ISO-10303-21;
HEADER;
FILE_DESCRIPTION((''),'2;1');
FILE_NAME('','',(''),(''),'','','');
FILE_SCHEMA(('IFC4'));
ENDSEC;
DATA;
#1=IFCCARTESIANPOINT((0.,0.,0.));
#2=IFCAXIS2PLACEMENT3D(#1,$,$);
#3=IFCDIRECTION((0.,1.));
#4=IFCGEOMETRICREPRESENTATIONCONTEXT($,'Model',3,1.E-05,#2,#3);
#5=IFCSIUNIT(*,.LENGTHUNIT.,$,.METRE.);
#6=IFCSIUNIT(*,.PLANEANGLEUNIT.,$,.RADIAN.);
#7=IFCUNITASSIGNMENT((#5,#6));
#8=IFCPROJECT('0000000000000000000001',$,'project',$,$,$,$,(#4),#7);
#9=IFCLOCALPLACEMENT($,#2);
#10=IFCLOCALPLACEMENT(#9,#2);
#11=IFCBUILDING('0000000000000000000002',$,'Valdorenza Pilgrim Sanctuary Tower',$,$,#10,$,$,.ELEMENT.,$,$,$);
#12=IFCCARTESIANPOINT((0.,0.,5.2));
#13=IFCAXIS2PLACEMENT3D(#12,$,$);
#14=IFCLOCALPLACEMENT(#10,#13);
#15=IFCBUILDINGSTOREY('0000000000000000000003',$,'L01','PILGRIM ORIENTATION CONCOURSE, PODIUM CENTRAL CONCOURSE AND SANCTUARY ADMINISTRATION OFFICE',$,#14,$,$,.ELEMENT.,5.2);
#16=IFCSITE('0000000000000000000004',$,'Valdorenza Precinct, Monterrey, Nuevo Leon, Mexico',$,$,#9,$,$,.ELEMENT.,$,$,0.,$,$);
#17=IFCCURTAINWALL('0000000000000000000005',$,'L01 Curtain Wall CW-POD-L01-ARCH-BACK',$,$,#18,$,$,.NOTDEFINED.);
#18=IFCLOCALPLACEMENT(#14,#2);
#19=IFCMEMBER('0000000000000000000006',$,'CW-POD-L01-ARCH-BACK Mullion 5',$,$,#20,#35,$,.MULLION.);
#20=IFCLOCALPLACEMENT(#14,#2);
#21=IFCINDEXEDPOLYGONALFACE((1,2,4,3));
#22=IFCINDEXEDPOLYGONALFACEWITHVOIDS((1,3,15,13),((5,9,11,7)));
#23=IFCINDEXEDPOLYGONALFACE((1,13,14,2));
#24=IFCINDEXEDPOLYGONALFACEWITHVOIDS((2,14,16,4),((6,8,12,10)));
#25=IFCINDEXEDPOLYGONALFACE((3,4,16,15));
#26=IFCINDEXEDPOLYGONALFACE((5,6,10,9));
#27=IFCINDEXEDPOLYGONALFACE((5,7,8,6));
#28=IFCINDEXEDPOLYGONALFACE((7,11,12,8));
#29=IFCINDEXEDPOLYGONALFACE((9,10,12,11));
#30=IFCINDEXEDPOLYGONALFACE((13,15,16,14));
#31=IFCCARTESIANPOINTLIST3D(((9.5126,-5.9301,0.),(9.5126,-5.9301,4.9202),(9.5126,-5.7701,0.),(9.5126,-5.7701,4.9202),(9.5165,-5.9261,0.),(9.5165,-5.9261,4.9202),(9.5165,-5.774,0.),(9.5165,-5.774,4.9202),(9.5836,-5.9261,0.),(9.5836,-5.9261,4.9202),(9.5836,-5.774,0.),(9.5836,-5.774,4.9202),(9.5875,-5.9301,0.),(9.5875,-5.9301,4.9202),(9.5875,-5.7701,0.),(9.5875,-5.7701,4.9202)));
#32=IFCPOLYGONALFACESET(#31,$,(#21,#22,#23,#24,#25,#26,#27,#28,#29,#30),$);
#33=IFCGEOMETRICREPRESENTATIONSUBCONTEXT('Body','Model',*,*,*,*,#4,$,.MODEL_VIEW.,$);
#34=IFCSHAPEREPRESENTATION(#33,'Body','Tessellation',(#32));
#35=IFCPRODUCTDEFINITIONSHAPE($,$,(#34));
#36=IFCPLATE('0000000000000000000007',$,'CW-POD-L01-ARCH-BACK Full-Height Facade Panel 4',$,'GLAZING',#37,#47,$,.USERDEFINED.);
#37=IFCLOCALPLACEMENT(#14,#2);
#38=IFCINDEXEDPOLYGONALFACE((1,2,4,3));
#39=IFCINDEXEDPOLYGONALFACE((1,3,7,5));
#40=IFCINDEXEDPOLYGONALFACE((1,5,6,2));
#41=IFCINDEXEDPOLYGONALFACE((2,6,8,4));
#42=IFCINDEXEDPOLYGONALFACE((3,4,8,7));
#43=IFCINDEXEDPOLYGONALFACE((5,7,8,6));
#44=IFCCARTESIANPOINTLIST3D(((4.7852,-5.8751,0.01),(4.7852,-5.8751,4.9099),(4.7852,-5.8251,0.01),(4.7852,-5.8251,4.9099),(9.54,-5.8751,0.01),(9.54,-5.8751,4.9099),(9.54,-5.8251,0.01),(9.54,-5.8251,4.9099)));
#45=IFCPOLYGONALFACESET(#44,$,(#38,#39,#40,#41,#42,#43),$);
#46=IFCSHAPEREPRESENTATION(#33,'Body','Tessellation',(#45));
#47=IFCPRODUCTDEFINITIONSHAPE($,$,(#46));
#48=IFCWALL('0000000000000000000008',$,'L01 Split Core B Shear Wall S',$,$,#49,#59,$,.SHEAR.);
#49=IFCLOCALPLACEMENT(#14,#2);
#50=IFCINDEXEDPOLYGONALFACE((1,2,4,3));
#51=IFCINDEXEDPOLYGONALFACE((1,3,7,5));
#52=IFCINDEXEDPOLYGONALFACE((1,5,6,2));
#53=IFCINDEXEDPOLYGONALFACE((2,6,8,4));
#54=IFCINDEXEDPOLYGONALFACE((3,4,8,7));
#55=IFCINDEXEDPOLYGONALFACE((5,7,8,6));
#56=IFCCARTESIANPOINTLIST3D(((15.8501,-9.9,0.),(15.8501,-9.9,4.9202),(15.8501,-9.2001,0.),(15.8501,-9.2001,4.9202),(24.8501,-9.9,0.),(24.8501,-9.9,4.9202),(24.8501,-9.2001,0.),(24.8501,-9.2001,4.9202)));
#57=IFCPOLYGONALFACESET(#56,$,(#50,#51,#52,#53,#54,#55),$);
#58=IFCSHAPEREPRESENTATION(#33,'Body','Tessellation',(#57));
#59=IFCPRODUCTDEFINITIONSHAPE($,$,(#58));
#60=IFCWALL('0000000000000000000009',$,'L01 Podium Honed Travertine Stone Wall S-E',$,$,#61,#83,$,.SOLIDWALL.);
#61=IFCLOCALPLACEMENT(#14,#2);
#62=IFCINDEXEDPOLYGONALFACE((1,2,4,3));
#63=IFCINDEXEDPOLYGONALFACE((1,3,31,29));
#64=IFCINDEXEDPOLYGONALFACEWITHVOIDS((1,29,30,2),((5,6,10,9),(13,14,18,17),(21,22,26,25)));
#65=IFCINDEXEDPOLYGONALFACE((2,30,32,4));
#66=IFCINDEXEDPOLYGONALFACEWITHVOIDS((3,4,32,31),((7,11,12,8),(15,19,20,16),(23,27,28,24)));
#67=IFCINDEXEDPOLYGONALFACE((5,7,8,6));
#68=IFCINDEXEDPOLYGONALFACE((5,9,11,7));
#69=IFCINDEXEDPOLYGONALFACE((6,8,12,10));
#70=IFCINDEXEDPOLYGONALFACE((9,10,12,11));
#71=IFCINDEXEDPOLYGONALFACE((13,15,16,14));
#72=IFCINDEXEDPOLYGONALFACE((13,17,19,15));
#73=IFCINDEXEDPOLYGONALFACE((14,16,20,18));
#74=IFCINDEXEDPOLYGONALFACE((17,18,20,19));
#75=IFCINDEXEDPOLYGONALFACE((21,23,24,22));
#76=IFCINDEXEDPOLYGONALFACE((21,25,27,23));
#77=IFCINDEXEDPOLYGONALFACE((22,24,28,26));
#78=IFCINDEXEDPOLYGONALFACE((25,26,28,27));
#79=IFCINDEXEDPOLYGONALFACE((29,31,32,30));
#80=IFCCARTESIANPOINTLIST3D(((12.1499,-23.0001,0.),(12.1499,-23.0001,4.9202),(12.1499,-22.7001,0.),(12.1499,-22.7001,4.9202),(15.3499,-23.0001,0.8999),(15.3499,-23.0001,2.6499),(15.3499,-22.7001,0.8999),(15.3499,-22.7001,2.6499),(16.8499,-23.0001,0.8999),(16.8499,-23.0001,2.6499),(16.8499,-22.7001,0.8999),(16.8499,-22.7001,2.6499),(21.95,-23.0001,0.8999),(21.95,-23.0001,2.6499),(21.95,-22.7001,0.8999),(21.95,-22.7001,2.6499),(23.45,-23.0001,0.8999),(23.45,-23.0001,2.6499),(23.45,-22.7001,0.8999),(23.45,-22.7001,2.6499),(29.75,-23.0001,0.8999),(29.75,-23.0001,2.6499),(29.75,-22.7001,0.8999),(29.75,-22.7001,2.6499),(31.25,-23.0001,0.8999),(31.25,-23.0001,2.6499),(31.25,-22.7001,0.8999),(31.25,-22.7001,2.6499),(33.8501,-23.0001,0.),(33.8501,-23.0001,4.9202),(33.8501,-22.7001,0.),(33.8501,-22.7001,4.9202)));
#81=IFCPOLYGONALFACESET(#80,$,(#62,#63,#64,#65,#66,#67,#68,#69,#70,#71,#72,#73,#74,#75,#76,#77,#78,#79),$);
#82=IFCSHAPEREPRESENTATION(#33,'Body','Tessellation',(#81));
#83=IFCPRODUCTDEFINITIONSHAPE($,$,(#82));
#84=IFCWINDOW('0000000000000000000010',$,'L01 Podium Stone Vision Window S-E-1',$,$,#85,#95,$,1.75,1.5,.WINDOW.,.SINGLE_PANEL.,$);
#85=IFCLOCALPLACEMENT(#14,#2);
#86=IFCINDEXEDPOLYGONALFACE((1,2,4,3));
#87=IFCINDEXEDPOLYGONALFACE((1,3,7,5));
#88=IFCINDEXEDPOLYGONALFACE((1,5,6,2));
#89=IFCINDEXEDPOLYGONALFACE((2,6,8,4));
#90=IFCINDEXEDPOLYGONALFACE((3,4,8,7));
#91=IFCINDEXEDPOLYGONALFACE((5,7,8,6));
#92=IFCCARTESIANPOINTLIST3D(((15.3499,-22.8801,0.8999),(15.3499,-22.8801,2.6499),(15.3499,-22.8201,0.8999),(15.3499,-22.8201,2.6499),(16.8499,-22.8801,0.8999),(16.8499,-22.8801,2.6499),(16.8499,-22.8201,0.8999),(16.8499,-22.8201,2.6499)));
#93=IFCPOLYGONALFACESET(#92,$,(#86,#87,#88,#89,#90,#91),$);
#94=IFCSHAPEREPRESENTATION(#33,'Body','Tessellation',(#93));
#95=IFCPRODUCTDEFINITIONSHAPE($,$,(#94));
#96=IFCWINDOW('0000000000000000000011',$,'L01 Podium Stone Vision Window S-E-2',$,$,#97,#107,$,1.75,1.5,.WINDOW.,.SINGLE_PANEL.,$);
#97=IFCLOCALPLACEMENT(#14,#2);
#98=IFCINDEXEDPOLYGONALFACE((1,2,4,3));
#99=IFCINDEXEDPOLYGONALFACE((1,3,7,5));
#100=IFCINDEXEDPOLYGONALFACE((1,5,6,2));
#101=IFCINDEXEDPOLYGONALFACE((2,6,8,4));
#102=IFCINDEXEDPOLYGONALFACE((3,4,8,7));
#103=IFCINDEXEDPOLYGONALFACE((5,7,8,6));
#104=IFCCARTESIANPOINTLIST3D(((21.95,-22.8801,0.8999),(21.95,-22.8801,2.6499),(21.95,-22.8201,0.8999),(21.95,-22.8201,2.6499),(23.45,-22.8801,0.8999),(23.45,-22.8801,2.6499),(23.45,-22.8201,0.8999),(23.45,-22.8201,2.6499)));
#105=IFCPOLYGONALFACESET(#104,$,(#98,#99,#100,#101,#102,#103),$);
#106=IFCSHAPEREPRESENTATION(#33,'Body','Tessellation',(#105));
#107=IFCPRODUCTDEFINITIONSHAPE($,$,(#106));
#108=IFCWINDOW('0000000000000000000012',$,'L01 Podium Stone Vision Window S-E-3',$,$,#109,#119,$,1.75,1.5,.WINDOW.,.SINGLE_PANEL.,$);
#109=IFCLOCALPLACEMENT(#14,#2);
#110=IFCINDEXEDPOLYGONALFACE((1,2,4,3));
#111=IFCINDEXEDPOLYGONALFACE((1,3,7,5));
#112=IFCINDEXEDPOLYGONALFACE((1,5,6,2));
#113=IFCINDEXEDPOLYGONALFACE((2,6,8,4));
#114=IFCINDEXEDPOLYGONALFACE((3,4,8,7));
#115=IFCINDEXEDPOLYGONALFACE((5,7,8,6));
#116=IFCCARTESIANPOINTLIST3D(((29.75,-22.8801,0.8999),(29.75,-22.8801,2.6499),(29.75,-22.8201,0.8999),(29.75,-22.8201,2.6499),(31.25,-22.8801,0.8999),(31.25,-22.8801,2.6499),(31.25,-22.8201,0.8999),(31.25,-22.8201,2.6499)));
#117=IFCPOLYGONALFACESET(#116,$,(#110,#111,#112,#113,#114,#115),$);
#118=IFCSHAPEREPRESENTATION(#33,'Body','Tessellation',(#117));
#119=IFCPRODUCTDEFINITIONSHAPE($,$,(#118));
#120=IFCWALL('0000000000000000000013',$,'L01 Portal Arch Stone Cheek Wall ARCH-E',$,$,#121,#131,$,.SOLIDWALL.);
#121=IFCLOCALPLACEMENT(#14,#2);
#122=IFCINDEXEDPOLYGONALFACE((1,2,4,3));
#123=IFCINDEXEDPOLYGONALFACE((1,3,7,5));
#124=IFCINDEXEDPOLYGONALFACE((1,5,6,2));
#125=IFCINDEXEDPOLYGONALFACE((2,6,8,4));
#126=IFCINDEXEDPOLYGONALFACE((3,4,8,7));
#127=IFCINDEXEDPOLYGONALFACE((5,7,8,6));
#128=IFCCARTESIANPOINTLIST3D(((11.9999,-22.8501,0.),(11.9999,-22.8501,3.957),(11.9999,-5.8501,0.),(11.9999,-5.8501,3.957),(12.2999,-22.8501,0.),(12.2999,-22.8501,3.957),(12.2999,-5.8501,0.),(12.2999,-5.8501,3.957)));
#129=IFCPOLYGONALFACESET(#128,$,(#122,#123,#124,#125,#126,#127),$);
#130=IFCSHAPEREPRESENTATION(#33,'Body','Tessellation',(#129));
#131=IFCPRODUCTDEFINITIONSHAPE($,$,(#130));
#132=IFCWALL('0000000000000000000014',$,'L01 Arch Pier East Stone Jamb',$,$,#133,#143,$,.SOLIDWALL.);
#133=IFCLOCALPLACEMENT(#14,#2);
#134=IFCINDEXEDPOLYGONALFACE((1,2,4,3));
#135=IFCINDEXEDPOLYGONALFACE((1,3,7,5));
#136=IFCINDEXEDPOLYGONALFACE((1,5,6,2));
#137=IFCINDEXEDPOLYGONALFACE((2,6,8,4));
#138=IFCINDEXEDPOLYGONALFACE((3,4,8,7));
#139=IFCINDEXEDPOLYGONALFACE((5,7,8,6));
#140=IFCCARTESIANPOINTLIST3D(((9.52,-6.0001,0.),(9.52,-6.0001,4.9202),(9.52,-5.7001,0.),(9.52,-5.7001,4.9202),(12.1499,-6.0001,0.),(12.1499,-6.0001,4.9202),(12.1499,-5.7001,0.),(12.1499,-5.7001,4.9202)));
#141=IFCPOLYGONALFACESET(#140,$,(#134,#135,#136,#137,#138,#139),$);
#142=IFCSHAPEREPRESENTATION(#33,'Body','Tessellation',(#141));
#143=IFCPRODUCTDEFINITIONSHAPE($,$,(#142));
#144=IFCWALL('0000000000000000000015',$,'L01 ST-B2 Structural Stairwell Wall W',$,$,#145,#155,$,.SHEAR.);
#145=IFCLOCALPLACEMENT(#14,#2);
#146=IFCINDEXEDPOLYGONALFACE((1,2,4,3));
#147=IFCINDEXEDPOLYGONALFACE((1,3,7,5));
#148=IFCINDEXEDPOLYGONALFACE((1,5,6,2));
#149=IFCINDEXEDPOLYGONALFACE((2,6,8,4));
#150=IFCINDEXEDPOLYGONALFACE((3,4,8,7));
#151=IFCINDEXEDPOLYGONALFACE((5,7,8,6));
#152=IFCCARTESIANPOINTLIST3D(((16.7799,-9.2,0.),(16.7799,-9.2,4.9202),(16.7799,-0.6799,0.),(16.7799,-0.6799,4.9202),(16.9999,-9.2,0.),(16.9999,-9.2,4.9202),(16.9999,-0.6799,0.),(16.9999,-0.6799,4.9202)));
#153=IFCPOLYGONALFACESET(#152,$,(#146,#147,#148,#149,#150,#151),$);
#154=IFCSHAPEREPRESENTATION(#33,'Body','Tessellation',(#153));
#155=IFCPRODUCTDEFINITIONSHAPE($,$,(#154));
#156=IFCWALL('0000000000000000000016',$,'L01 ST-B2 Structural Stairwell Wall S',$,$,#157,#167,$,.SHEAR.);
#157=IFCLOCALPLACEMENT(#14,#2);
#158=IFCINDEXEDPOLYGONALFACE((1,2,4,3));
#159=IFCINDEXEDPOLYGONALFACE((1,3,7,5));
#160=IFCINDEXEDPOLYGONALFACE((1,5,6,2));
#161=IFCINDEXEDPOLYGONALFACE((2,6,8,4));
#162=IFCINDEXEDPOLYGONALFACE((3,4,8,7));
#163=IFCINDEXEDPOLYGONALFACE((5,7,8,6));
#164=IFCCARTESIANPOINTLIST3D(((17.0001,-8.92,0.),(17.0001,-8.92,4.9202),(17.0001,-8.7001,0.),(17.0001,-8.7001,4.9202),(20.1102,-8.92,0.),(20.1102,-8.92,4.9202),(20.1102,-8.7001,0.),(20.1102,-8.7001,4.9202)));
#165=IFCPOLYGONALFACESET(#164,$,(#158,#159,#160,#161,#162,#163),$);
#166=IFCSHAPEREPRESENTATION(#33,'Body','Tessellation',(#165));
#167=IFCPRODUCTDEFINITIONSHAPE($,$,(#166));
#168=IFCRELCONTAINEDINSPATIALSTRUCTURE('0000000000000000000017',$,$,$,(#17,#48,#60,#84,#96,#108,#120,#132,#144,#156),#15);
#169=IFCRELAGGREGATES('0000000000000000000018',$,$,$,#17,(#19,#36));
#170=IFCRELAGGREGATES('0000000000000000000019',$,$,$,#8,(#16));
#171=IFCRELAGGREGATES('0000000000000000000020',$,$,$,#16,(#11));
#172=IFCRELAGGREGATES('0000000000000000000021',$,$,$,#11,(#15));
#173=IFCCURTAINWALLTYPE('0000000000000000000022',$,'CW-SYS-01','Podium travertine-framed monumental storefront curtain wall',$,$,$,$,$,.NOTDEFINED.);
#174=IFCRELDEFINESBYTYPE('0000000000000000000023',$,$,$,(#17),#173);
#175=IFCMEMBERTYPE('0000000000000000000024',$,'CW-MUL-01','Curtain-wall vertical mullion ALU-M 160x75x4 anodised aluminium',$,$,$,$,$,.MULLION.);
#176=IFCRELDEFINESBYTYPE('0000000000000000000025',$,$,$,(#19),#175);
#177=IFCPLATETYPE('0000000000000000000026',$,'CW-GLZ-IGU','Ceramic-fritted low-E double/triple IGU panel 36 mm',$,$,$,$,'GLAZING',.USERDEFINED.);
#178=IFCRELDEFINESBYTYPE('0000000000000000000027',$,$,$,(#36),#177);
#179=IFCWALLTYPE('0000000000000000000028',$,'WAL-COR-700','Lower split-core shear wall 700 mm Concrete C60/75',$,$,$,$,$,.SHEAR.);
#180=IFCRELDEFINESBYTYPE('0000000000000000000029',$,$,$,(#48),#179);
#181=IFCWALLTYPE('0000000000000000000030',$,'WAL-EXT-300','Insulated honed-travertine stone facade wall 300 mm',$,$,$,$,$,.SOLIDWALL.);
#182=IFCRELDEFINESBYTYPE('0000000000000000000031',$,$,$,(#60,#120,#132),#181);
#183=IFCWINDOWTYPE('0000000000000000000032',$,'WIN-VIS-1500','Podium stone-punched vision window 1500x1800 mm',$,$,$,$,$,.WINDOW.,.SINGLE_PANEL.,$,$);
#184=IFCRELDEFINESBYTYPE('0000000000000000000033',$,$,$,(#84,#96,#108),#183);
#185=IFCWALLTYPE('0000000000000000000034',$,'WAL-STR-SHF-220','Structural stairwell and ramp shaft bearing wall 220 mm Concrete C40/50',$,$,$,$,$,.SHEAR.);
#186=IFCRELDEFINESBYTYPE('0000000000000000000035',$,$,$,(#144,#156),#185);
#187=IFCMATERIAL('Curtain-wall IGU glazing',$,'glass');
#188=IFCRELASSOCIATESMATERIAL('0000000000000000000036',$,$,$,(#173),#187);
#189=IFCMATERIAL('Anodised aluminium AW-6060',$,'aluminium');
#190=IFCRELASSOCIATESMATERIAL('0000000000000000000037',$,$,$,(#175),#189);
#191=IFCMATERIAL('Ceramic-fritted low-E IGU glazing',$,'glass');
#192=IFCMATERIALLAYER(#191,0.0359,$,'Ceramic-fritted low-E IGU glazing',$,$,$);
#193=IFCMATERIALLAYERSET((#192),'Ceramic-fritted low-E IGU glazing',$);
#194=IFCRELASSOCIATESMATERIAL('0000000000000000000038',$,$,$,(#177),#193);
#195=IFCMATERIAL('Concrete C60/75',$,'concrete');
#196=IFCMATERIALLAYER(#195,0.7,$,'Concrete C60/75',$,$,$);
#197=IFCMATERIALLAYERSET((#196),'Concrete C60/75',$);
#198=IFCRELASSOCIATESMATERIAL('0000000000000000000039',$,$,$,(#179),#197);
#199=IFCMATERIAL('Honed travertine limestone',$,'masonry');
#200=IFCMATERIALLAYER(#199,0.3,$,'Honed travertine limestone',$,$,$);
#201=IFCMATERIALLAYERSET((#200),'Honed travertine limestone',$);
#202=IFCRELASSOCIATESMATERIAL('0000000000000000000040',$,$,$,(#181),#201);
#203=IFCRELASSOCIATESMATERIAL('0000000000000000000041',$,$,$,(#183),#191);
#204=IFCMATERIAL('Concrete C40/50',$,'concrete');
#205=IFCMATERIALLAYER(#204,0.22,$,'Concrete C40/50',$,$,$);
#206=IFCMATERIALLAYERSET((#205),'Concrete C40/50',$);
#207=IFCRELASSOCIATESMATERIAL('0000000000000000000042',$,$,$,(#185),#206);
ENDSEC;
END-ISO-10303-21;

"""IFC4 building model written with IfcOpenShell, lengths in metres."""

from ifc_helpers import new_model, si_unit, direction, frame, frame_2d, origin, origin_2d, place, context, subcontext, project, spatial, rectangle, hollow_rectangle, extrude, source, transform, mapped, material, layer, layer_set, material_profile, profile_set, type_object, element, fill, aggregate, save


model = new_model("IFC4")

# Units and contexts
model_context = context("Model", 3, precision=1e-05, world=origin(), true_north=direction((0.0, 1.0)))
body_context = subcontext(model_context, "Body", "Model", "MODEL_VIEW")
ifc_project = project(units=[si_unit("LENGTHUNIT", "METRE"), si_unit("PLANEANGLEUNIT", "RADIAN")], contexts=[model_context])

# Site, building, storey
site_placement = place(None, origin())
site = spatial("IfcSite", under=ifc_project, at=site_placement, Name="Valdorenza Precinct, Monterrey, Nuevo Leon, Mexico", CompositionType="ELEMENT", RefElevation=0.0)
building_placement = place(site_placement, origin())
building = spatial("IfcBuilding", under=site, at=building_placement, Name="Valdorenza Pilgrim Sanctuary Tower", CompositionType="ELEMENT")
storey_placement = place(building_placement, frame((0.0, 0.0, 5.2)))
storey = spatial("IfcBuildingStorey", under=building, at=storey_placement, Name="L01", Description="PILGRIM ORIENTATION CONCOURSE, PODIUM CENTRAL CONCOURSE AND SANCTUARY ADMINISTRATION OFFICE", CompositionType="ELEMENT", Elevation=5.2)

# Shared definitions
ifc_material_1 = material(Name="Concrete C60/75", Category="concrete")

# Curtain wall, member, plate
ifc_material_2 = material(Name="Curtain-wall IGU glazing", Category="glass")
curtain_wall_type = type_object("IfcCurtainWallType", Name="CW-SYS-01", Description="Podium travertine-framed monumental storefront curtain wall", PredefinedType="NOTDEFINED", material=ifc_material_2)
curtain_wall_placement = place(storey_placement, origin())
curtain_wall = element("IfcCurtainWall", 1, at=curtain_wall_placement, inside=storey, type_object=curtain_wall_type, Name="L01 Curtain Wall CW-POD-L01-ARCH-BACK", PredefinedType="NOTDEFINED")
ifc_material_3 = material(Name="Anodised aluminium AW-6060", Category="aluminium")
ifc_material_profile_1 = material_profile(ifc_material_3, hollow_rectangle(XDim=0.075, YDim=0.1599, WallThickness=0.0039, at=origin_2d()), Name="ALU-M 160x75x4")
ifc_profile_set_1 = profile_set([ifc_material_profile_1], Name="Anodised aluminium AW-6060")
member_type = type_object("IfcMemberType", Name="CW-MUL-01", Description="Curtain-wall vertical mullion ALU-M 160x75x4 anodised aluminium", PredefinedType="MULLION", material=ifc_profile_set_1)
shared_shape_1 = source(origin(), body_context, "Body", "SweptSolid", [
    extrude(hollow_rectangle(XDim=0.075, YDim=0.1599, WallThickness=0.0039, at=origin_2d()), origin(), (0.0, 0.0, 1.0), 4.9202),
])
member_placement = place(storey_placement, frame((9.55, -5.8501, 0.0), z_axis=(0.0, 0.0, 1.0), x_axis=(1.0, 0.0, 0.0)))
member = element("IfcMember", 2, at=member_placement, type_object=member_type, Name="CW-POD-L01-ARCH-BACK Mullion 5", PredefinedType="MULLION", context=body_context, shape_type="MappedRepresentation", body=[
    mapped(shared_shape_1, transform((0.0, 0.0, 0.0), x_axis=(1.0, 0.0, 0.0), y_axis=(0.0, 1.0, 0.0), z_axis=(0.0, 0.0, 1.0), scale=1.0)),
])
ifc_material_4 = material(Name="Ceramic-fritted low-E IGU glazing", Category="glass")
ifc_layer_1 = layer(ifc_material_4, 0.0359, Name="Ceramic-fritted low-E IGU glazing")
ifc_layer_set_1 = layer_set([ifc_layer_1], Name="Ceramic-fritted low-E IGU glazing")
plate_type = type_object("IfcPlateType", Name="CW-GLZ-IGU", Description="Ceramic-fritted low-E double/triple IGU panel 36 mm", ElementType="GLAZING", PredefinedType="USERDEFINED", material=ifc_layer_set_1)
shared_shape_2 = source(origin(), body_context, "Body", "SweptSolid", [
    extrude(rectangle(XDim=4.7549, YDim=0.05, at=origin_2d()), origin(), (0.0, 0.0, 1.0), 4.8999),
])
plate_placement = place(storey_placement, frame((7.1626, -5.8501, 0.01), z_axis=(0.0, 0.0, 1.0), x_axis=(1.0, 0.0, 0.0)))
plate = element("IfcPlate", 3, at=plate_placement, type_object=plate_type, Name="CW-POD-L01-ARCH-BACK Full-Height Facade Panel 4", ObjectType="GLAZING", PredefinedType="USERDEFINED", context=body_context, shape_type="MappedRepresentation", body=[
    mapped(shared_shape_2, transform((0.0, 0.0, 0.0), x_axis=(1.0, 0.0, 0.0), y_axis=(0.0, 1.0, 0.0), z_axis=(0.0, 0.0, 1.0), scale=1.0)),
])
aggregate(curtain_wall, [member, plate])

# Wall
ifc_layer_2 = layer(ifc_material_1, 0.7, Name="Concrete C60/75")
ifc_layer_set_2 = layer_set([ifc_layer_2], Name="Concrete C60/75")
wall_type_1 = type_object("IfcWallType", Name="WAL-COR-700", Description="Lower split-core shear wall 700 mm Concrete C60/75", PredefinedType="SHEAR", material=ifc_layer_set_2)
wall_1_placement = place(storey_placement, frame((15.8501, -9.55, 0.0), z_axis=(0.0, 0.0, 1.0), x_axis=(1.0, 0.0, 0.0)))
element("IfcWall", 4, at=wall_1_placement, inside=storey, type_object=wall_type_1, Name="L01 Split Core B Shear Wall S", PredefinedType="SHEAR", context=body_context, shape_type="SweptSolid", body=[
    extrude(rectangle(XDim=9.0, YDim=0.7, at=frame_2d((4.5, 0.0))), origin(), (0.0, 0.0, 1.0), 4.9202),
])

# Wall, openings, windows
ifc_material_5 = material(Name="Honed travertine limestone", Category="masonry")
ifc_layer_3 = layer(ifc_material_5, 0.3, Name="Honed travertine limestone")
ifc_layer_set_3 = layer_set([ifc_layer_3], Name="Honed travertine limestone")
wall_type_2 = type_object("IfcWallType", Name="WAL-EXT-300", Description="Insulated honed-travertine stone facade wall 300 mm", PredefinedType="SOLIDWALL", material=ifc_layer_set_3)
wall_2_placement = place(storey_placement, frame((12.1499, -22.8501, 0.0), z_axis=(0.0, 0.0, 1.0), x_axis=(1.0, 0.0, 0.0)))
wall_2 = element("IfcWall", 5, at=wall_2_placement, inside=storey, type_object=wall_type_2, Name="L01 Podium Honed Travertine Stone Wall S-E", PredefinedType="SOLIDWALL", context=body_context, shape_type="SweptSolid", body=[
    extrude(rectangle(XDim=21.7002, YDim=0.3, at=frame_2d((10.8501, 0.0))), origin(), (0.0, 0.0, 1.0), 4.9202),
])
opening_1_placement = place(wall_2_placement, frame((3.2, 0.0, 0.8999)))
opening_1 = element("IfcOpeningElement", 6, at=opening_1_placement, cuts=wall_2, PredefinedType="OPENING", context=body_context, shape_type="SweptSolid", body=[
    extrude(rectangle(XDim=1.5, YDim=1.75, at=frame_2d((0.75, 0.875))), frame((0.0, 0.165, 0.0), z_axis=(0.0, -1.0, 0.0), x_axis=(1.0, 0.0, 0.0)), (0.0, 0.0, 1.0), 0.3298),
])
opening_2_placement = place(wall_2_placement, frame((9.8, 0.0, 0.8999)))
opening_2 = element("IfcOpeningElement", 7, at=opening_2_placement, cuts=wall_2, PredefinedType="OPENING", context=body_context, shape_type="SweptSolid", body=[
    extrude(rectangle(XDim=1.5, YDim=1.75, at=frame_2d((0.75, 0.875))), frame((0.0, 0.165, 0.0), z_axis=(0.0, -1.0, 0.0), x_axis=(1.0, 0.0, 0.0)), (0.0, 0.0, 1.0), 0.3298),
])
opening_3_placement = place(wall_2_placement, frame((17.6001, 0.0, 0.8999)))
opening_3 = element("IfcOpeningElement", 8, at=opening_3_placement, cuts=wall_2, PredefinedType="OPENING", context=body_context, shape_type="SweptSolid", body=[
    extrude(rectangle(XDim=1.5, YDim=1.75, at=frame_2d((0.75, 0.875))), frame((0.0, 0.165, 0.0), z_axis=(0.0, -1.0, 0.0), x_axis=(1.0, 0.0, 0.0)), (0.0, 0.0, 1.0), 0.3298),
])
window_type = type_object("IfcWindowType", Name="WIN-VIS-1500", Description="Podium stone-punched vision window 1500x1800 mm", PartitioningType="SINGLE_PANEL", PredefinedType="WINDOW", material=ifc_material_4)
window_1_placement = place(opening_1_placement, origin())
window_1 = element("IfcWindow", 9, at=window_1_placement, inside=storey, type_object=window_type, Name="L01 Podium Stone Vision Window S-E-1", OverallHeight=1.75, OverallWidth=1.5, PartitioningType="SINGLE_PANEL", PredefinedType="WINDOW", context=body_context, shape_type="SweptSolid", body=[
    extrude(rectangle(XDim=1.5, YDim=1.75, at=frame_2d((0.75, 0.875))), frame((0.0, 0.03, 0.0), z_axis=(0.0, -1.0, 0.0), x_axis=(1.0, 0.0, 0.0)), (0.0, 0.0, 1.0), 0.0601),
])
fill(opening_1, window_1)
window_2_placement = place(opening_2_placement, origin())
window_2 = element("IfcWindow", 10, at=window_2_placement, inside=storey, type_object=window_type, Name="L01 Podium Stone Vision Window S-E-2", OverallHeight=1.75, OverallWidth=1.5, PartitioningType="SINGLE_PANEL", PredefinedType="WINDOW", context=body_context, shape_type="SweptSolid", body=[
    extrude(rectangle(XDim=1.5, YDim=1.75, at=frame_2d((0.75, 0.875))), frame((0.0, 0.03, 0.0), z_axis=(0.0, -1.0, 0.0), x_axis=(1.0, 0.0, 0.0)), (0.0, 0.0, 1.0), 0.0601),
])
fill(opening_2, window_2)
window_3_placement = place(opening_3_placement, origin())
window_3 = element("IfcWindow", 11, at=window_3_placement, inside=storey, type_object=window_type, Name="L01 Podium Stone Vision Window S-E-3", OverallHeight=1.75, OverallWidth=1.5, PartitioningType="SINGLE_PANEL", PredefinedType="WINDOW", context=body_context, shape_type="SweptSolid", body=[
    extrude(rectangle(XDim=1.5, YDim=1.75, at=frame_2d((0.75, 0.875))), frame((0.0, 0.03, 0.0), z_axis=(0.0, -1.0, 0.0), x_axis=(1.0, 0.0, 0.0)), (0.0, 0.0, 1.0), 0.0601),
])
fill(opening_3, window_3)

# Walls
wall_3_placement = place(storey_placement, frame((12.1499, -22.8501, 0.0), z_axis=(0.0, 0.0, 1.0), x_axis=(0.0, 1.0, 0.0)))
element("IfcWall", 12, at=wall_3_placement, inside=storey, type_object=wall_type_2, Name="L01 Portal Arch Stone Cheek Wall ARCH-E", PredefinedType="SOLIDWALL", context=body_context, shape_type="SweptSolid", body=[
    extrude(rectangle(XDim=17.0, YDim=0.3, at=frame_2d((8.5, 0.0))), origin(), (0.0, 0.0, 1.0), 3.957),
])
wall_4_placement = place(storey_placement, frame((9.52, -5.8501, 0.0), z_axis=(0.0, 0.0, 1.0), x_axis=(1.0, 0.0, 0.0)))
element("IfcWall", 13, at=wall_4_placement, inside=storey, type_object=wall_type_2, Name="L01 Arch Pier East Stone Jamb", PredefinedType="SOLIDWALL", context=body_context, shape_type="SweptSolid", body=[
    extrude(rectangle(XDim=2.6299, YDim=0.3, at=frame_2d((1.3149, 0.0))), origin(), (0.0, 0.0, 1.0), 4.9202),
])
ifc_material_6 = material(Name="Concrete C40/50", Category="concrete")
ifc_layer_4 = layer(ifc_material_6, 0.22, Name="Concrete C40/50")
ifc_layer_set_4 = layer_set([ifc_layer_4], Name="Concrete C40/50")
wall_type_3 = type_object("IfcWallType", Name="WAL-STR-SHF-220", Description="Structural stairwell and ramp shaft bearing wall 220 mm Concrete C40/50", PredefinedType="SHEAR", material=ifc_layer_set_4)
wall_5_placement = place(storey_placement, frame((16.8899, -9.2, 0.0), z_axis=(0.0, 0.0, 1.0), x_axis=(0.0, 1.0, 0.0)))
element("IfcWall", 14, at=wall_5_placement, inside=storey, type_object=wall_type_3, Name="L01 ST-B2 Structural Stairwell Wall W", PredefinedType="SHEAR", context=body_context, shape_type="SweptSolid", body=[
    extrude(rectangle(XDim=8.52, YDim=0.22, at=frame_2d((4.26, 0.0))), origin(), (0.0, 0.0, 1.0), 4.9202),
])
wall_6_placement = place(storey_placement, frame((17.0, -8.8101, 0.0), z_axis=(0.0, 0.0, 1.0), x_axis=(1.0, 0.0, 0.0)))
element("IfcWall", 15, at=wall_6_placement, inside=storey, type_object=wall_type_3, Name="L01 ST-B2 Structural Stairwell Wall S", PredefinedType="SHEAR", context=body_context, shape_type="SweptSolid", body=[
    extrude(rectangle(XDim=3.1101, YDim=0.22, at=frame_2d((1.5552, 0.0))), origin(), (0.0, 0.0, 1.0), 4.9202),
])

save(model, "model.ifc")
